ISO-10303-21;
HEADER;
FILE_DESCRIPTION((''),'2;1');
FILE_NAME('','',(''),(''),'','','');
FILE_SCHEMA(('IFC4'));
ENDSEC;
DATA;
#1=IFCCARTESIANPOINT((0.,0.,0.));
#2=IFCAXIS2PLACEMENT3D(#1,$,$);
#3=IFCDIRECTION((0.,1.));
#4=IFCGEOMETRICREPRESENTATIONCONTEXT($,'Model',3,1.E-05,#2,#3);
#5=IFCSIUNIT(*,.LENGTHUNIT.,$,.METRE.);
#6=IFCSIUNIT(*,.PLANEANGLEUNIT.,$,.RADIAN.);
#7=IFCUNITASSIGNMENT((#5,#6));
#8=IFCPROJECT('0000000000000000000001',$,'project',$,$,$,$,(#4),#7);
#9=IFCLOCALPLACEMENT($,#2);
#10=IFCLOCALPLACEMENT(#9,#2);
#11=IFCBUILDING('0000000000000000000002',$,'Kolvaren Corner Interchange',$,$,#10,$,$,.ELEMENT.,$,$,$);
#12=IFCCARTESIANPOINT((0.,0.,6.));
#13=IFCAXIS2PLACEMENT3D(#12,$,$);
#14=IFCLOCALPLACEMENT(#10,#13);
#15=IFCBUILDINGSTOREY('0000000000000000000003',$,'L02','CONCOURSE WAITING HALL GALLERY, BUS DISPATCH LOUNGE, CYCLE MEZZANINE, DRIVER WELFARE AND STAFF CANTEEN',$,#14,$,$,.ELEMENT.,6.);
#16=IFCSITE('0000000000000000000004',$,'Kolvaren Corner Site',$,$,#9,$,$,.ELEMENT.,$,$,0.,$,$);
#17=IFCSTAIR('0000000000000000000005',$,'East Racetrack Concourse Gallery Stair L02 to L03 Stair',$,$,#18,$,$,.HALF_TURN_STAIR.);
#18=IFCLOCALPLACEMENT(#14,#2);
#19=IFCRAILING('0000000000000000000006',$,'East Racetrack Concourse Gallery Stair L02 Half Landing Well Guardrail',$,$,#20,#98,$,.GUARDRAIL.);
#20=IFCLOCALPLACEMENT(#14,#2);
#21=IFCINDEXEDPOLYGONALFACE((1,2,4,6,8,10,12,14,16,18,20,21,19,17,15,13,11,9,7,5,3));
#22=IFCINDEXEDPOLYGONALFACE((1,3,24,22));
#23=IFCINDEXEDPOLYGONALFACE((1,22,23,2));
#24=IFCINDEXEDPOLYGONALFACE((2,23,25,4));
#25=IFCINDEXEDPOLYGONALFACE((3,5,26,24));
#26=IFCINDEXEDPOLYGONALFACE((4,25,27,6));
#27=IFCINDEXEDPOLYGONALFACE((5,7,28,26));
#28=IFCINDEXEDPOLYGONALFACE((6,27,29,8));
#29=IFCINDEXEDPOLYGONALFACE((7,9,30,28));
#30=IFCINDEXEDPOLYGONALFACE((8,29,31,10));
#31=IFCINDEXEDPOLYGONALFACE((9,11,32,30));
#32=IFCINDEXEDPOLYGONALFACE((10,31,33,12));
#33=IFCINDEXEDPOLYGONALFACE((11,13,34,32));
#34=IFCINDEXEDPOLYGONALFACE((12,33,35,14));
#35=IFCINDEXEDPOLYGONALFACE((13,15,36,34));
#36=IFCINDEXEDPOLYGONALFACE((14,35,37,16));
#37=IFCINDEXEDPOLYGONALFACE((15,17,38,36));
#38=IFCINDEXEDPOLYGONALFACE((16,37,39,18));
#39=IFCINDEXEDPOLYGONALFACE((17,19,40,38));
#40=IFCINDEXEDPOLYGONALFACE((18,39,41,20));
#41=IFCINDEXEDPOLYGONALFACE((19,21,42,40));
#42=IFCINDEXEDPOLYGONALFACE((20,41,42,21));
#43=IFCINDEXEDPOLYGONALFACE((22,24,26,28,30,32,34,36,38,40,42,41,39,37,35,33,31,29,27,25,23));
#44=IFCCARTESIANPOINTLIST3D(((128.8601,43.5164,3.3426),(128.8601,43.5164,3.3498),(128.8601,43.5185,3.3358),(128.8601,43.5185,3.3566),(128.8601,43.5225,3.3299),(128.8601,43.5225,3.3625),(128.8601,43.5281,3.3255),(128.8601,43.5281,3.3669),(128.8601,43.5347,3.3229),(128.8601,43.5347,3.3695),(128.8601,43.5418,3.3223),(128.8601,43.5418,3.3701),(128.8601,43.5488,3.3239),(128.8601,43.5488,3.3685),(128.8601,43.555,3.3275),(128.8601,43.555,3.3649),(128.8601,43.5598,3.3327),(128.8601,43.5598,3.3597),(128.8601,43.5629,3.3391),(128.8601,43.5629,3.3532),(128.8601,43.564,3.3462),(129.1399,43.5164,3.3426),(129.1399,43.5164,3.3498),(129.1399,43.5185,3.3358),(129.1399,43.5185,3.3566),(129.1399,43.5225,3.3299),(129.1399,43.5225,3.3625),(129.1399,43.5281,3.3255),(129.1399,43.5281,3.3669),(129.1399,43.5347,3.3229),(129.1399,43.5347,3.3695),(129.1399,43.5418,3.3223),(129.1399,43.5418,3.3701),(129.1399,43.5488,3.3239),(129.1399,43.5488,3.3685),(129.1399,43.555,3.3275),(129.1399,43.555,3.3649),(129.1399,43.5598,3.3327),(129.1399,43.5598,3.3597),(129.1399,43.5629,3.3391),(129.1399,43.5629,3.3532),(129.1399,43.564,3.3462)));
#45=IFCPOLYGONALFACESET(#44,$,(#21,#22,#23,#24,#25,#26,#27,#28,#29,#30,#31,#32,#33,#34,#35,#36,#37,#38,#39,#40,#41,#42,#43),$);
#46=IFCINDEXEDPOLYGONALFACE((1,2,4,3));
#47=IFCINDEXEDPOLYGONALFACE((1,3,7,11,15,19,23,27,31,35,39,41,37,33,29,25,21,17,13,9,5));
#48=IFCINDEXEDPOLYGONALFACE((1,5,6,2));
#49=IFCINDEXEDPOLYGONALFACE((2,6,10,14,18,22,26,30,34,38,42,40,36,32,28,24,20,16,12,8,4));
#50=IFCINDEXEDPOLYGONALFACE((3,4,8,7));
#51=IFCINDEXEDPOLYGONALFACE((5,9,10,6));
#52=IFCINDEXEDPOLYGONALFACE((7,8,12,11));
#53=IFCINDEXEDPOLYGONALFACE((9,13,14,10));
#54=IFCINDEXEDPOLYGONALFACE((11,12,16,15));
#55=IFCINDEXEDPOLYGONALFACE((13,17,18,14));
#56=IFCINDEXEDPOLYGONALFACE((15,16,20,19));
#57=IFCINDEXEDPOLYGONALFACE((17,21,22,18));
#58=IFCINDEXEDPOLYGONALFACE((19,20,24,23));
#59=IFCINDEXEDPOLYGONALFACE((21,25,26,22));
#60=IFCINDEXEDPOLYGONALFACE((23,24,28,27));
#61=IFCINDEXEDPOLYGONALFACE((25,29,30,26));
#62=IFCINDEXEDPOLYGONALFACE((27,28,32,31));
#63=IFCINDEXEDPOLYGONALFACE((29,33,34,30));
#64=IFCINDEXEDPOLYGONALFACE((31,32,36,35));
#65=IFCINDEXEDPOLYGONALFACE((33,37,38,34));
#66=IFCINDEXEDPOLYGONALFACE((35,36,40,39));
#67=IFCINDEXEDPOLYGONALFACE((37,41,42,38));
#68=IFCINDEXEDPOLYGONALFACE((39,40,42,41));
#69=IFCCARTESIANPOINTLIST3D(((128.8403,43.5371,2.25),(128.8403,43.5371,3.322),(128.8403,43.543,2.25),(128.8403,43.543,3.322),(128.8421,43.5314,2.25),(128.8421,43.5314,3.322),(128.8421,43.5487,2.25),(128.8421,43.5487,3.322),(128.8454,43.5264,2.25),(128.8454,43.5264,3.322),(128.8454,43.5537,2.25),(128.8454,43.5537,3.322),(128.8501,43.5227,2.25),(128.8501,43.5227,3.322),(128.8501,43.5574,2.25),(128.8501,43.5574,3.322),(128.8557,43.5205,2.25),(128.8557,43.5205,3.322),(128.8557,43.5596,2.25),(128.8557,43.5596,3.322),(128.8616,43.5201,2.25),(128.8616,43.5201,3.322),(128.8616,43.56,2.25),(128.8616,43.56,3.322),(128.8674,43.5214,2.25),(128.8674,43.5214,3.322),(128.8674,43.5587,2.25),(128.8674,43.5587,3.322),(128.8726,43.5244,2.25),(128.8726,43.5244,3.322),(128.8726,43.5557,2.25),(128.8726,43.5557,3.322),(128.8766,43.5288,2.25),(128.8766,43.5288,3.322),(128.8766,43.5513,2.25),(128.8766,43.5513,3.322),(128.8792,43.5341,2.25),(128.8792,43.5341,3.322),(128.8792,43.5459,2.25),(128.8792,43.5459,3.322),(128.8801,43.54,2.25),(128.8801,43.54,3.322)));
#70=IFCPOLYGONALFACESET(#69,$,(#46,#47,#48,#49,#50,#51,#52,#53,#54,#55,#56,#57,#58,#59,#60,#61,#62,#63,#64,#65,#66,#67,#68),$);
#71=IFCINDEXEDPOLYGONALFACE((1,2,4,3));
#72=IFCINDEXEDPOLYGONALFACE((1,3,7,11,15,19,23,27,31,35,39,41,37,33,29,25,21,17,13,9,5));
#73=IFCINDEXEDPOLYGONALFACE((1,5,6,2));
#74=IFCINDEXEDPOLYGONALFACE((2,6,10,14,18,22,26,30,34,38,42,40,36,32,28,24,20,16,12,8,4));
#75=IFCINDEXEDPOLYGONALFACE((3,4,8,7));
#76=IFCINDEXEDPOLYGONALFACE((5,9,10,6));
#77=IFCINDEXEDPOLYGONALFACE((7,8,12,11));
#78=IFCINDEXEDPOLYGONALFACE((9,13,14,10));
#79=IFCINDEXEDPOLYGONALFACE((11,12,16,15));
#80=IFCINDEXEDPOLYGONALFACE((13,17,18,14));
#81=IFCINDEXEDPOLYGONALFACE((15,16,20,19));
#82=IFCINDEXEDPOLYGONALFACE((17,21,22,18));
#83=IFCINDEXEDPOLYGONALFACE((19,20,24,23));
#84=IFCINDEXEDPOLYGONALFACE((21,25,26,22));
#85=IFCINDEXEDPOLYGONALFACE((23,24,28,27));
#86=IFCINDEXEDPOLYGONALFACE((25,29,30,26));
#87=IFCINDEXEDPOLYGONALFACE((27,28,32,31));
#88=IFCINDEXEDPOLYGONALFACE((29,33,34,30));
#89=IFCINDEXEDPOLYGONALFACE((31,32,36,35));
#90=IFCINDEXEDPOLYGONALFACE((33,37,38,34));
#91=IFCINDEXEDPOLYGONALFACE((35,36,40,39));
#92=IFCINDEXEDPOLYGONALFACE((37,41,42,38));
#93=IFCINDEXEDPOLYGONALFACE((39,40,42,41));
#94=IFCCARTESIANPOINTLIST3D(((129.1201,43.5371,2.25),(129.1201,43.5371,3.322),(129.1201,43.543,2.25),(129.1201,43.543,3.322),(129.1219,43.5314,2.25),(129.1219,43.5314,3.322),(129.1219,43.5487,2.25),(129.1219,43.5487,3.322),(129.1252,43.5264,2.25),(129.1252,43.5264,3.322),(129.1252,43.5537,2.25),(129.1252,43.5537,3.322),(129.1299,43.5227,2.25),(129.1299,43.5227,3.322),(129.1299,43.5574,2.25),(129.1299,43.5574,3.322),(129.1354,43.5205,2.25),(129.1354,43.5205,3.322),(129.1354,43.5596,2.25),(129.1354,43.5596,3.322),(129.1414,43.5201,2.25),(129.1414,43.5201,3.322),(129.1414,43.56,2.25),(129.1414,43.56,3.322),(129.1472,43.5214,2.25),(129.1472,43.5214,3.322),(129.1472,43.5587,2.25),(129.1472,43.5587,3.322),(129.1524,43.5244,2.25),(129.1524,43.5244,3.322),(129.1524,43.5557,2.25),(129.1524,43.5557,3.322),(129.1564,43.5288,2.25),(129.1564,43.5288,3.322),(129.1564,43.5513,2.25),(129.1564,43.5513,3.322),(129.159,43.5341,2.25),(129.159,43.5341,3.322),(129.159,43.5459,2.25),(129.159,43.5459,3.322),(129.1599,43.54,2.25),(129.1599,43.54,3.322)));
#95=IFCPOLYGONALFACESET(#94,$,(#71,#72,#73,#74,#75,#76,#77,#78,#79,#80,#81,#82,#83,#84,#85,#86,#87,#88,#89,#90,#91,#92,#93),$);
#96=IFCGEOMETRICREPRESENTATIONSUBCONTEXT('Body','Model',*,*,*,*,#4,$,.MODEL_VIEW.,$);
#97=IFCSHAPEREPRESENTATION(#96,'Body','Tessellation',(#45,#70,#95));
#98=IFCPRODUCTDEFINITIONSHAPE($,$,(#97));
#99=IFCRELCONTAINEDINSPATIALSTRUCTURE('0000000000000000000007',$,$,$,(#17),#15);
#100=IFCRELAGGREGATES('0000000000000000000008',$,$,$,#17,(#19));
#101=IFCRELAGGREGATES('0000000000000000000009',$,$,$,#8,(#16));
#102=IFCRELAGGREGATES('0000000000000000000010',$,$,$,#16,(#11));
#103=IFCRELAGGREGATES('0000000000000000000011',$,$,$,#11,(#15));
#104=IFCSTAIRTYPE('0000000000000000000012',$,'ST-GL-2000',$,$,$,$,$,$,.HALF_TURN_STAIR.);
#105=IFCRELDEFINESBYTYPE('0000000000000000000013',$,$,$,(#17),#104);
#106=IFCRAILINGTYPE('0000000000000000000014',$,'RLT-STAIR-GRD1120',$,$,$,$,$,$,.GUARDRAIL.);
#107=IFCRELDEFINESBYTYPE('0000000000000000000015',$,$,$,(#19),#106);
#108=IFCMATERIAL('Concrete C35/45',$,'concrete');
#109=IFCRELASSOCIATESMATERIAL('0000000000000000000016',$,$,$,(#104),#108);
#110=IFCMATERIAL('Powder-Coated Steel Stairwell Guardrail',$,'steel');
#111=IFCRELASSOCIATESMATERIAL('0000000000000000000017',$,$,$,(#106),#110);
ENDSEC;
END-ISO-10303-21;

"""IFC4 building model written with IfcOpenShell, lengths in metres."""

from ifc_helpers import new_model, si_unit, direction, frame, origin, origin_2d, place, context, subcontext, project, spatial, circle, extrude, material, type_object, element, aggregate, save


model = new_model("IFC4")

# Units and contexts
model_context = context("Model", 3, precision=1e-05, world=origin(), true_north=direction((0.0, 1.0)))
body_context = subcontext(model_context, "Body", "Model", "MODEL_VIEW")
ifc_project = project(units=[si_unit("LENGTHUNIT", "METRE"), si_unit("PLANEANGLEUNIT", "RADIAN")], contexts=[model_context])

# Site, building, storey
site_placement = place(None, origin())
site = spatial("IfcSite", under=ifc_project, at=site_placement, Name="Kolvaren Corner Site", CompositionType="ELEMENT", RefElevation=0.0)
building_placement = place(site_placement, origin())
building = spatial("IfcBuilding", under=site, at=building_placement, Name="Kolvaren Corner Interchange", CompositionType="ELEMENT")
storey_placement = place(building_placement, frame((0.0, 0.0, 6.0)))
storey = spatial("IfcBuildingStorey", under=building, at=storey_placement, Name="L02", Description="CONCOURSE WAITING HALL GALLERY, BUS DISPATCH LOUNGE, CYCLE MEZZANINE, DRIVER WELFARE AND STAFF CANTEEN", CompositionType="ELEMENT", Elevation=6.0)

# Stair
ifc_material_1 = material(Name="Concrete C35/45", Category="concrete")
stair_type_1 = type_object("IfcStairType", Name="ST-GL-2000", PredefinedType="HALF_TURN_STAIR", material=ifc_material_1)
stair_1_placement = place(storey_placement, origin())
stair_1 = element("IfcStair", 1, at=stair_1_placement, inside=storey, type_object=stair_type_1, Name="East Racetrack Concourse Gallery Stair L02 to L03 Stair", PredefinedType="HALF_TURN_STAIR")

# Shared definitions
ifc_material_2 = material(Name="Powder-Coated Steel Stairwell Guardrail", Category="steel")
railing_type_1 = type_object("IfcRailingType", Name="RLT-STAIR-GRD1120", PredefinedType="GUARDRAIL", material=ifc_material_2)

# Railing
railing_1_placement = place(storey_placement, frame((128.8601, 43.54, 2.25)))
railing_1 = element("IfcRailing", 2, at=railing_1_placement, type_object=railing_type_1, Name="East Racetrack Concourse Gallery Stair L02 Half Landing Well Guardrail", PredefinedType="GUARDRAIL", context=body_context, shape_type="SweptSolid", body=[
    extrude(circle(Radius=0.0239, at=origin_2d()), frame((0.0, 0.0, 1.0962), z_axis=(1.0, 0.0, 0.0), x_axis=(0.0, 1.0, 0.0)), (0.0, 0.0, 1.0), 0.2798),
    extrude(circle(Radius=0.02, at=origin_2d()), origin(), (0.0, 0.0, 1.0), 1.072),
    extrude(circle(Radius=0.02, at=origin_2d()), frame((0.2798, 0.0, 0.0)), (0.0, 0.0, 1.0), 1.072),
])
aggregate(stair_1, [railing_1])

save(model, "model.ifc")
